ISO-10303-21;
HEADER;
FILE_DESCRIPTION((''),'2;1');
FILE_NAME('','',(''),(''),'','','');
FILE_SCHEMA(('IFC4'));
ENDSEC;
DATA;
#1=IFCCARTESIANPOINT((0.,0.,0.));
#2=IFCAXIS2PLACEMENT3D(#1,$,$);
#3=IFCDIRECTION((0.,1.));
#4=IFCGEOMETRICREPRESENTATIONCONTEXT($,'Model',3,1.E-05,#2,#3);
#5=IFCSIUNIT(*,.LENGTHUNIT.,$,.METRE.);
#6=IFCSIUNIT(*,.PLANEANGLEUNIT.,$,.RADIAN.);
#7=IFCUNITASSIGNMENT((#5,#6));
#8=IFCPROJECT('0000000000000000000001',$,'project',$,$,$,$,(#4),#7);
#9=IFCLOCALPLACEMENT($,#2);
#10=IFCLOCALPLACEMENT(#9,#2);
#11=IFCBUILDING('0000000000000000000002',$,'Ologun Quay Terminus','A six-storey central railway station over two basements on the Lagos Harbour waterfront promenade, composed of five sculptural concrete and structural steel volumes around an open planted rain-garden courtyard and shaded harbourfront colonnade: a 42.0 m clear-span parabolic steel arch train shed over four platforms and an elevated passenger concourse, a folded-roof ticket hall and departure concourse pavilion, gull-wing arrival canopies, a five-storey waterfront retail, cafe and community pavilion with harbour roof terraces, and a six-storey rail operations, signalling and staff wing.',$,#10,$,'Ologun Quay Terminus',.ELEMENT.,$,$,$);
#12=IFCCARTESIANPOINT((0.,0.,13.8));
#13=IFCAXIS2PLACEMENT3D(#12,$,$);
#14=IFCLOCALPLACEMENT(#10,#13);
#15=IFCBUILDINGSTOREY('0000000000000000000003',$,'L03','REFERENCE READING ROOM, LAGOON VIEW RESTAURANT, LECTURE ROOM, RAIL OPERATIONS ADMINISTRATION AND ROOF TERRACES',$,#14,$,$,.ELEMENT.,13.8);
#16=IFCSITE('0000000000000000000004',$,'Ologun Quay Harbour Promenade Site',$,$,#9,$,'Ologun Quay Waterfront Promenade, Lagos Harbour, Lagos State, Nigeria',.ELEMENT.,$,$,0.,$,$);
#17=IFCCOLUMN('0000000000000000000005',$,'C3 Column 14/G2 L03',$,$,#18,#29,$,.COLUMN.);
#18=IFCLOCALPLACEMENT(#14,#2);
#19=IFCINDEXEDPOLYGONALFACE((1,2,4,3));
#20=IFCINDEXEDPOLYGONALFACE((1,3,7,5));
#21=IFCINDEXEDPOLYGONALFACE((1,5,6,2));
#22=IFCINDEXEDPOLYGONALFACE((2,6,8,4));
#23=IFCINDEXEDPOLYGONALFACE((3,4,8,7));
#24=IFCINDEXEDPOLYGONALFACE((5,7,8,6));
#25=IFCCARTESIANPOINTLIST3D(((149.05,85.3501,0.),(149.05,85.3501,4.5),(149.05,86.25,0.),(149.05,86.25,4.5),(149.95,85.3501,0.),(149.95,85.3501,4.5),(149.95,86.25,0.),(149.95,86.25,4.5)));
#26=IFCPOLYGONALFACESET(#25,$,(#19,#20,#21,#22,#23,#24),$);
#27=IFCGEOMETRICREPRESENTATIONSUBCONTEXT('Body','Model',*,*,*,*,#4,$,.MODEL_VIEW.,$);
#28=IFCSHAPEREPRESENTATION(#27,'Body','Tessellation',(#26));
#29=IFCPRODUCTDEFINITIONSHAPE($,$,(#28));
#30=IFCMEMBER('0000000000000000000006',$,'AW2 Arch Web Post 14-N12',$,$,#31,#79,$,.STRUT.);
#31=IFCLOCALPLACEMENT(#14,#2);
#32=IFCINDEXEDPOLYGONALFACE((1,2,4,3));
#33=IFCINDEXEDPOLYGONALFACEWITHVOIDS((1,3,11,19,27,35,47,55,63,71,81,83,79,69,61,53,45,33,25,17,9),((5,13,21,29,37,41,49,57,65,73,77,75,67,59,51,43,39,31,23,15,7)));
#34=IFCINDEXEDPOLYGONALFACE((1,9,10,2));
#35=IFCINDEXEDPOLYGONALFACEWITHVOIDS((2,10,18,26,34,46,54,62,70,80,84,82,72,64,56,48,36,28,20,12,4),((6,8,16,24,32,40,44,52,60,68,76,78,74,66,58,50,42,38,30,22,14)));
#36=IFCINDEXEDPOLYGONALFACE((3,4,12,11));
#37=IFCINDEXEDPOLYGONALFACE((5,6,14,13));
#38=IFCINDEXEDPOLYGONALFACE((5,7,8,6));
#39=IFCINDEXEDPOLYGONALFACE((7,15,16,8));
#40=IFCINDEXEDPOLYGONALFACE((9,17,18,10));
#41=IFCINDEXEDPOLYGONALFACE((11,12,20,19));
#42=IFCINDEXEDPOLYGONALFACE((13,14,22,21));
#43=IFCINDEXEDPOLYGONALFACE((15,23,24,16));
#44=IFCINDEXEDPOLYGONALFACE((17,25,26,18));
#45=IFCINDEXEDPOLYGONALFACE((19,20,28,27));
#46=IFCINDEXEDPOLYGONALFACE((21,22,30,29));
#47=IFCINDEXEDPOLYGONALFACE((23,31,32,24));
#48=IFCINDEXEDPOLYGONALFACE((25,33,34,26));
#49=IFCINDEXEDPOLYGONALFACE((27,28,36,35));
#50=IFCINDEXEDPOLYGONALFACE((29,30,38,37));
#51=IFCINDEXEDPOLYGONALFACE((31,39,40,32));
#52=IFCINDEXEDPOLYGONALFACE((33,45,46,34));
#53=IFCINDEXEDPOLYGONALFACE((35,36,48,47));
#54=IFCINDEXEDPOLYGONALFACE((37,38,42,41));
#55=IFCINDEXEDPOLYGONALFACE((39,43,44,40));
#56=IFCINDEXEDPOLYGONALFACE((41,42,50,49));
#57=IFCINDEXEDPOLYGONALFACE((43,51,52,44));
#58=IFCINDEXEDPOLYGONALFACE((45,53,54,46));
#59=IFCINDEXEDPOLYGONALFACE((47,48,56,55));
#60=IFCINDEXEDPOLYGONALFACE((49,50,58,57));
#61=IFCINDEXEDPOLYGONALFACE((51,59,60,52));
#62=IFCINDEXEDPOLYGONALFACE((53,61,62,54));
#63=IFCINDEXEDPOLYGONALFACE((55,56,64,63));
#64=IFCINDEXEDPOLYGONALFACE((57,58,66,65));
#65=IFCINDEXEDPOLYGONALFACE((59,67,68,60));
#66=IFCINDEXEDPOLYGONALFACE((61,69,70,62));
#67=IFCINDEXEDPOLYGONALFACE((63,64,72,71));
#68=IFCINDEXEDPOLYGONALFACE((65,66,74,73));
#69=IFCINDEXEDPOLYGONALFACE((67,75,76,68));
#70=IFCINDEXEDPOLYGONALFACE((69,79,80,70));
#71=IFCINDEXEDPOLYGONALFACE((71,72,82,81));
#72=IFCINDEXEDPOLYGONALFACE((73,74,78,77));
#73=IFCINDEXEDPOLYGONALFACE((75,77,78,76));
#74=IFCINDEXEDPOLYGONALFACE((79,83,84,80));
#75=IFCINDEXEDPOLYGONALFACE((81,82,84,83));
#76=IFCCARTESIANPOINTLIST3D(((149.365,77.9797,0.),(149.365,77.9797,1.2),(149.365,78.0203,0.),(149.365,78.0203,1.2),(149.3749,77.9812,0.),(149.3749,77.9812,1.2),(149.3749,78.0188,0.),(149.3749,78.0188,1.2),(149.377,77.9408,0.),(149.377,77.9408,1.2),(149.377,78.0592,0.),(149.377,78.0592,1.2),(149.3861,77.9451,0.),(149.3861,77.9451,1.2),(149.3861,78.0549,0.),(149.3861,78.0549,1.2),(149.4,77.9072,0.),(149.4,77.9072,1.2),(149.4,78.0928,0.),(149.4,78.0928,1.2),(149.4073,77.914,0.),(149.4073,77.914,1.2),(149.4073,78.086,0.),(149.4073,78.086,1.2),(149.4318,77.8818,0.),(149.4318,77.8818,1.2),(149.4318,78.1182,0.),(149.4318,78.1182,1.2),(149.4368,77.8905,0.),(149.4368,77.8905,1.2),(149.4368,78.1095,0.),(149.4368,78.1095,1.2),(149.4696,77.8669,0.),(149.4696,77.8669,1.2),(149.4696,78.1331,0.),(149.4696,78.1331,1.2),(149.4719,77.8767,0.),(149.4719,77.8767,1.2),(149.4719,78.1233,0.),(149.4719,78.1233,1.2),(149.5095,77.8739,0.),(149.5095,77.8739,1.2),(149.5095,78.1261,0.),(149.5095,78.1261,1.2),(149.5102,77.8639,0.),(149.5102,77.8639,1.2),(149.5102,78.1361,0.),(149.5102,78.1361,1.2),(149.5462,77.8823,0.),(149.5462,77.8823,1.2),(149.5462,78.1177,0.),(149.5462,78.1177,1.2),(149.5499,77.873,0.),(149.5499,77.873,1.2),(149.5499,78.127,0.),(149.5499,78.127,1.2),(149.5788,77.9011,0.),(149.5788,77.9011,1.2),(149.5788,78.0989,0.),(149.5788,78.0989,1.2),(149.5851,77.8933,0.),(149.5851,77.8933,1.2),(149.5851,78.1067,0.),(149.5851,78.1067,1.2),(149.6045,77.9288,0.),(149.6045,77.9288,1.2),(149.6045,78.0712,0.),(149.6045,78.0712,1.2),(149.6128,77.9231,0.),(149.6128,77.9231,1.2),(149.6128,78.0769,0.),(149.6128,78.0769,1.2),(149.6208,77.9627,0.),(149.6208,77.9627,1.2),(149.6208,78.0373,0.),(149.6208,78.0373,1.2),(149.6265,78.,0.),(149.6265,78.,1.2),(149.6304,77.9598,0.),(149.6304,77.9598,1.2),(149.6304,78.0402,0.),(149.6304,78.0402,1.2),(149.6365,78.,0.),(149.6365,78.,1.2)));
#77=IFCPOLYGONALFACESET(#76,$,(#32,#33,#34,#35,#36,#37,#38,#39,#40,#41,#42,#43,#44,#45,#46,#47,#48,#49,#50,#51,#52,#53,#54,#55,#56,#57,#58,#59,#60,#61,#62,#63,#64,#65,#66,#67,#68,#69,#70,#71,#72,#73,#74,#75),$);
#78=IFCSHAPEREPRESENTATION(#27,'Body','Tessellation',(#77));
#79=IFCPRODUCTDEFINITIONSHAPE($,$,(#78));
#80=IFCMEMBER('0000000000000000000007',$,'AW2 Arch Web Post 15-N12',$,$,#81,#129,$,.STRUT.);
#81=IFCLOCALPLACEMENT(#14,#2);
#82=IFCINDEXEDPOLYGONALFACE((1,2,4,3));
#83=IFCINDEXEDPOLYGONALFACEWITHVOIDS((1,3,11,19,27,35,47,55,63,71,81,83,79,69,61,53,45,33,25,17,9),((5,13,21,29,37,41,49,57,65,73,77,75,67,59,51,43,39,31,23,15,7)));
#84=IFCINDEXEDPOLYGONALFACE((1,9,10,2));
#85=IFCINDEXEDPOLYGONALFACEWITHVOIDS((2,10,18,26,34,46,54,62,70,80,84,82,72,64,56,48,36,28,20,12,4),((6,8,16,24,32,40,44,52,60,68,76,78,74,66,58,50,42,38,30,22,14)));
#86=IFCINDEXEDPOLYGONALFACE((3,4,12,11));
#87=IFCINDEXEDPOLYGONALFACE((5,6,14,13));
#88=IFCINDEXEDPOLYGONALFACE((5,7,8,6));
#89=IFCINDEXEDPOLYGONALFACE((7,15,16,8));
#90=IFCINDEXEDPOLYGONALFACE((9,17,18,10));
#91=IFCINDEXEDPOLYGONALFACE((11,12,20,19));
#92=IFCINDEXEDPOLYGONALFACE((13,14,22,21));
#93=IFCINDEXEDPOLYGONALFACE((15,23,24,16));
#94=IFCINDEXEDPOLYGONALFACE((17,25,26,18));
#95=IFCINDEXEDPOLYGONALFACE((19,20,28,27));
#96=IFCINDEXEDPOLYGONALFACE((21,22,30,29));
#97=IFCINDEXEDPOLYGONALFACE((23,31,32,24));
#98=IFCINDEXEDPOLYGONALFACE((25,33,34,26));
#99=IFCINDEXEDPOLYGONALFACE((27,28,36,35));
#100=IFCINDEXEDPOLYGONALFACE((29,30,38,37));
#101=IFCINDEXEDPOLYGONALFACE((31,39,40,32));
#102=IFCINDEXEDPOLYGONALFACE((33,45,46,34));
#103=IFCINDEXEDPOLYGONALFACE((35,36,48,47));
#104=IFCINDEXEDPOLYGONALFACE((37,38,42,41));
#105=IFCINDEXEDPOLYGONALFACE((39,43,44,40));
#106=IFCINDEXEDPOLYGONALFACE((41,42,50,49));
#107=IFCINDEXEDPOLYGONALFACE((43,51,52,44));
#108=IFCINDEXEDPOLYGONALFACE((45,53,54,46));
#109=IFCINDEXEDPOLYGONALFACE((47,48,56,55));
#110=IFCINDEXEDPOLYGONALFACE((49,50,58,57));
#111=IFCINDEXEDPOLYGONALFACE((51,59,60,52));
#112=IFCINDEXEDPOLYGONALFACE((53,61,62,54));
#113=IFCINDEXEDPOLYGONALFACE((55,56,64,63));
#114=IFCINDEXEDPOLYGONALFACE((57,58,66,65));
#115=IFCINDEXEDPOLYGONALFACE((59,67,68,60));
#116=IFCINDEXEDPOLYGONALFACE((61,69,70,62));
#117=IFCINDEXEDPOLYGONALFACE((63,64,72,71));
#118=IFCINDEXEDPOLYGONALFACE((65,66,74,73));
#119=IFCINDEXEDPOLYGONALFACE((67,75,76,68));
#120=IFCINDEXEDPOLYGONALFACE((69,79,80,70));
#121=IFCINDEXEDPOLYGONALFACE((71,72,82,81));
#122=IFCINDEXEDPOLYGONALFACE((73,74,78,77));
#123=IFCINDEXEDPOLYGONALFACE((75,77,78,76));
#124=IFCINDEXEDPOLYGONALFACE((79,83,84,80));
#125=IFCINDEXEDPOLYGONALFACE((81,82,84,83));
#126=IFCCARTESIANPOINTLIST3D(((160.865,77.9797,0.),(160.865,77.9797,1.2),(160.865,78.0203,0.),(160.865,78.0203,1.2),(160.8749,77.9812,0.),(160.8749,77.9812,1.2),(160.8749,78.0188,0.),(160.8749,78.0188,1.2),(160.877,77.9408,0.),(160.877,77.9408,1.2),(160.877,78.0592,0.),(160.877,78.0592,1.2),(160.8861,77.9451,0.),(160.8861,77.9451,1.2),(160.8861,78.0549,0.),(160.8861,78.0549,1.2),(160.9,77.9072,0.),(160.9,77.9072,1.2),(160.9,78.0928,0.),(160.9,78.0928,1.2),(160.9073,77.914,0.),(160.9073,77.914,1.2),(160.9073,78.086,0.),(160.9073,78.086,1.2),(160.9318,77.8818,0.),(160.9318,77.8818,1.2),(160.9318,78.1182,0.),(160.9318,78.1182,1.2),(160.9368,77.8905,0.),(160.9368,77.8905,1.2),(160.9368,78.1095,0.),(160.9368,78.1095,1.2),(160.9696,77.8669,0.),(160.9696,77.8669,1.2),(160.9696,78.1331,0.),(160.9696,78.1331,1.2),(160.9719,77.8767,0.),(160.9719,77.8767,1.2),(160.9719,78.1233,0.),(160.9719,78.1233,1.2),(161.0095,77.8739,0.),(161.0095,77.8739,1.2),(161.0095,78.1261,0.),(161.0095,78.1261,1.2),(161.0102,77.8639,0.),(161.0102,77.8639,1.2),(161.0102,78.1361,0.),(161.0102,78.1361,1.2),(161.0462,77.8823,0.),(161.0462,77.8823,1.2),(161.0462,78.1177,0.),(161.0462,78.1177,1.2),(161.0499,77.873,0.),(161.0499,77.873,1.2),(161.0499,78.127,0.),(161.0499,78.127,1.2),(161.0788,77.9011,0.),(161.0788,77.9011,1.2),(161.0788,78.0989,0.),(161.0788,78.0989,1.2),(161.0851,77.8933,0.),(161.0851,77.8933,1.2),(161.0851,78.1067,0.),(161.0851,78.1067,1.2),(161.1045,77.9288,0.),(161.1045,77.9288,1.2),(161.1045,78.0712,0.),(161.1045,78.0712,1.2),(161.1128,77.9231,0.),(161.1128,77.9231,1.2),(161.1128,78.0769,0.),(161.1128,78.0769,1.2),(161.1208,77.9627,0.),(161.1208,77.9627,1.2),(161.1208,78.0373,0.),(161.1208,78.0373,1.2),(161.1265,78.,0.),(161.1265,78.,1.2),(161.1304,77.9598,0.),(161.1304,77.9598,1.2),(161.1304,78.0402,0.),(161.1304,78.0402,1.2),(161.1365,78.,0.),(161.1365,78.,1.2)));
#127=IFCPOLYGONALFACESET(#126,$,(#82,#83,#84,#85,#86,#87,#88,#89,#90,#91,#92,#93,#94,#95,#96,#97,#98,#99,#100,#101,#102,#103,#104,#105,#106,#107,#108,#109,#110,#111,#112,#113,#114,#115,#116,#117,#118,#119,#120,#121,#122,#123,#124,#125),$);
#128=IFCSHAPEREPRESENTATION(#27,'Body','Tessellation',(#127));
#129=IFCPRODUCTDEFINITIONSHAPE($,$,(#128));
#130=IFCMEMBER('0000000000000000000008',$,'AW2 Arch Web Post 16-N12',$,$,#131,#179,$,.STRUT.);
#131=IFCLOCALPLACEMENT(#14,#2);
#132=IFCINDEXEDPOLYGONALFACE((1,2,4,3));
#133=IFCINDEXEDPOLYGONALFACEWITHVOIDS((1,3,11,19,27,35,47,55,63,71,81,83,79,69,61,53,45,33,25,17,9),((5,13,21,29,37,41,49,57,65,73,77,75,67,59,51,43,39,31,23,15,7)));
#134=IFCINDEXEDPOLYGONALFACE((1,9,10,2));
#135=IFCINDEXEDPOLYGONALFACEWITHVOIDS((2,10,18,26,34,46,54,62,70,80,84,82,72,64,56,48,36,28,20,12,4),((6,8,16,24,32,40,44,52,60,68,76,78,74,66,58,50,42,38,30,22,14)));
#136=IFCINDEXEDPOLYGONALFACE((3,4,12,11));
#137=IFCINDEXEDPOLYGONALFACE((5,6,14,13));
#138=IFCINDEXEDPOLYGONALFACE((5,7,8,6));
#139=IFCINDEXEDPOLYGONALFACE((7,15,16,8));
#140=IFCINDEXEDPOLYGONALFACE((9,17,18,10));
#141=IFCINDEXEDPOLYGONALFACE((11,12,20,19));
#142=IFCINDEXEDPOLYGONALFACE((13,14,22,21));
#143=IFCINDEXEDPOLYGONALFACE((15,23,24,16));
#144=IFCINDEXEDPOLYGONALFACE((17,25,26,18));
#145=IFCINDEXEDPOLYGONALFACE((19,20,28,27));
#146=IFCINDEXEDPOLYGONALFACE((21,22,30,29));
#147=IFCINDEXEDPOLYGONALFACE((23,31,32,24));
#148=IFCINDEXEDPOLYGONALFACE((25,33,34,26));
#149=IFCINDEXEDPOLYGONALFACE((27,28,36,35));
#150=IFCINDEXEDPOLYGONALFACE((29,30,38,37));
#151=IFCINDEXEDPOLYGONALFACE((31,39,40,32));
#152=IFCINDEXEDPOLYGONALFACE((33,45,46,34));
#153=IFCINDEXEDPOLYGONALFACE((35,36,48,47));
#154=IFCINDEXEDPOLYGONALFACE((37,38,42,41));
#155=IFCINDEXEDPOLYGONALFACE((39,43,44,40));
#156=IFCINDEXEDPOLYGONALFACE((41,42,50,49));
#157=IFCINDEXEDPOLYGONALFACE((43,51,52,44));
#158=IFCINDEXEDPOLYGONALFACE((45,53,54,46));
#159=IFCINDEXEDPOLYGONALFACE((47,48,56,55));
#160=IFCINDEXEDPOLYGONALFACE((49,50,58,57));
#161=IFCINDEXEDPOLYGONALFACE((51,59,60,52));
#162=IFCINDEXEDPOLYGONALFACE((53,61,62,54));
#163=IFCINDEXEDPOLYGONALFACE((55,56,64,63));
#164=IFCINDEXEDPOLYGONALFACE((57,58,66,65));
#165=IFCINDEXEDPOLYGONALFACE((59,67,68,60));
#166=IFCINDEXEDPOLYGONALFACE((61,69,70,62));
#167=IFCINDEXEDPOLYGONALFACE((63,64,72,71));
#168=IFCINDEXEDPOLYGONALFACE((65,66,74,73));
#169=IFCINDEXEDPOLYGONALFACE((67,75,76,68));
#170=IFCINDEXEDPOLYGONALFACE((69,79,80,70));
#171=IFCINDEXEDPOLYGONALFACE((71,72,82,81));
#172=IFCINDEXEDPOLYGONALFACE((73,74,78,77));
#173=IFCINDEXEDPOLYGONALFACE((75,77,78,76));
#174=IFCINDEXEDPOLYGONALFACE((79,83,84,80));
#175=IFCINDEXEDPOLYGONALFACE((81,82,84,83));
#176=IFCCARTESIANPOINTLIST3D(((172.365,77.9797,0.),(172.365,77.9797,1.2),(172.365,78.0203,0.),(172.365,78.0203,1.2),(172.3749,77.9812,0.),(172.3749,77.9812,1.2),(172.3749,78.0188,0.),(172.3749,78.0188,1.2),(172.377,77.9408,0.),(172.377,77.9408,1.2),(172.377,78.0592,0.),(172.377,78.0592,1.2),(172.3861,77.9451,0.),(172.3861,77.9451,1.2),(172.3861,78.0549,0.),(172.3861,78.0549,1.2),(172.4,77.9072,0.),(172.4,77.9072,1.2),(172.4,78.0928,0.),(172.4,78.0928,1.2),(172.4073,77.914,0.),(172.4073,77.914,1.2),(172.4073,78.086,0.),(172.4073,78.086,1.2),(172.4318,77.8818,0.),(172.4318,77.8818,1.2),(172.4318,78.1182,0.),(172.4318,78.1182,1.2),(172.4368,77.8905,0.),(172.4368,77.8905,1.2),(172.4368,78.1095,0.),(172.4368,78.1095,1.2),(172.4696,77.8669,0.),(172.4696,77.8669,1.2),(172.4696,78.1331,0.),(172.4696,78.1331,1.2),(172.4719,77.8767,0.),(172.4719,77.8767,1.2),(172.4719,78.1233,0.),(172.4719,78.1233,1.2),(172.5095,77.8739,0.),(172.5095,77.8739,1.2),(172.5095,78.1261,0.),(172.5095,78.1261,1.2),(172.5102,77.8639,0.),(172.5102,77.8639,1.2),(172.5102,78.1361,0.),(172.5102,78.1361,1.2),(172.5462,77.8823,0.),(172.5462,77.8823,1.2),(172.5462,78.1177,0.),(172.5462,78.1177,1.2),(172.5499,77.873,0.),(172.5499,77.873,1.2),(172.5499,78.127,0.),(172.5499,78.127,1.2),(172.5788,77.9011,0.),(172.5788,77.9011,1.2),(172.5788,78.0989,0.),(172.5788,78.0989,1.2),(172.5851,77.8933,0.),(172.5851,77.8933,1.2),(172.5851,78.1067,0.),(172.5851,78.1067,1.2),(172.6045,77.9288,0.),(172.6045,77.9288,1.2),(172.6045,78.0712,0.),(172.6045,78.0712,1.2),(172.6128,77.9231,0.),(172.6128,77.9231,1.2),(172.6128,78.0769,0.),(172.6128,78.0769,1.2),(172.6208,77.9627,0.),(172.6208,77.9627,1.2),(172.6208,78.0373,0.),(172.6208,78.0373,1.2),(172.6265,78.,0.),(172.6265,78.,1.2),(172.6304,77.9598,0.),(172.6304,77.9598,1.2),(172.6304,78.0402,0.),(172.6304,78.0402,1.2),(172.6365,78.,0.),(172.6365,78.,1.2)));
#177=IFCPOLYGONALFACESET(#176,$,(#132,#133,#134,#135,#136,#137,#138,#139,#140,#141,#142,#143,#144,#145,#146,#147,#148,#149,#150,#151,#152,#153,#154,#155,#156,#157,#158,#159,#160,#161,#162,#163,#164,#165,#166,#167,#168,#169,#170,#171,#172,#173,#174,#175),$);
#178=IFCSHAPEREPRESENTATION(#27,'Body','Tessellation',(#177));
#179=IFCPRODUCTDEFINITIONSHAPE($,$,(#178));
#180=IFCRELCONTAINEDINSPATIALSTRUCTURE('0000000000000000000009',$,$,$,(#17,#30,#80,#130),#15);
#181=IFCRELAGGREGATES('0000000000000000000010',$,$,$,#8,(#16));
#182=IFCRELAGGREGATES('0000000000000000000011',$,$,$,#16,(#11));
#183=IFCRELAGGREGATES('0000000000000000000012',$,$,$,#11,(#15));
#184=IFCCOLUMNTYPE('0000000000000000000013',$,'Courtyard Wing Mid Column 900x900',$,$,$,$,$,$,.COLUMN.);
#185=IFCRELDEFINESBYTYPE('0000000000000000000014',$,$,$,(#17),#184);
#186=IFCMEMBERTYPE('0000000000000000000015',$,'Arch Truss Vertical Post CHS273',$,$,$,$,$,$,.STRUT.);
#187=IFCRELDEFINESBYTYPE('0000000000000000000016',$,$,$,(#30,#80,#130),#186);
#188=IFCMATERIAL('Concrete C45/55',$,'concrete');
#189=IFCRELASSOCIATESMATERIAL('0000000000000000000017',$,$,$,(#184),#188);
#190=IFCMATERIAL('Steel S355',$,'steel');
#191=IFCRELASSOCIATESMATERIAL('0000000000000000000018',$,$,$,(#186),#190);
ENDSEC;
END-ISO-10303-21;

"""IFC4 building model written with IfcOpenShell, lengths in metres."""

from ifc_helpers import new_model, si_unit, direction, frame, origin, origin_2d, place, context, subcontext, project, spatial, rectangle, hollow_circle, extrude, material, material_profile, profile_set, type_object, element, save


model = new_model("IFC4")

# Units and contexts
model_context = context("Model", 3, precision=1e-05, world=origin(), true_north=direction((0.0, 1.0)))
body_context = subcontext(model_context, "Body", "Model", "MODEL_VIEW")
ifc_project = project(units=[si_unit("LENGTHUNIT", "METRE"), si_unit("PLANEANGLEUNIT", "RADIAN")], contexts=[model_context])

# Site, building, storey
site_placement = place(None, origin())
site = spatial("IfcSite", under=ifc_project, at=site_placement, Name="Ologun Quay Harbour Promenade Site", LongName="Ologun Quay Waterfront Promenade, Lagos Harbour, Lagos State, Nigeria", CompositionType="ELEMENT", RefElevation=0.0)
building_placement = place(site_placement, origin())
building = spatial("IfcBuilding", under=site, at=building_placement, Name="Ologun Quay Terminus", Description="A six-storey central railway station over two basements on the Lagos Harbour waterfront promenade, composed of five sculptural concrete and structural steel volumes around an open planted rain-garden courtyard and shaded harbourfront colonnade: a 42.0 m clear-span parabolic steel arch train shed over four platforms and an elevated passenger concourse, a folded-roof ticket hall and departure concourse pavilion, gull-wing arrival canopies, a five-storey waterfront retail, cafe and community pavilion with harbour roof terraces, and a six-storey rail operations, signalling and staff wing.", LongName="Ologun Quay Terminus", CompositionType="ELEMENT")
storey_placement = place(building_placement, frame((0.0, 0.0, 13.8)))
storey = spatial("IfcBuildingStorey", under=building, at=storey_placement, Name="L03", Description="REFERENCE READING ROOM, LAGOON VIEW RESTAURANT, LECTURE ROOM, RAIL OPERATIONS ADMINISTRATION AND ROOF TERRACES", CompositionType="ELEMENT", Elevation=13.8)

# Column
ifc_material_1 = material(Name="Concrete C45/55", Category="concrete")
ifc_material_profile_1 = material_profile(ifc_material_1, rectangle(XDim=0.8999, YDim=0.8999, at=origin_2d()), Name="RC 900x900")
ifc_profile_set_1 = profile_set([ifc_material_profile_1], Name="Concrete C45/55")
column_type = type_object("IfcColumnType", Name="Courtyard Wing Mid Column 900x900", PredefinedType="COLUMN", material=ifc_profile_set_1)
column_placement = place(storey_placement, frame((149.5, 85.8, 0.0), z_axis=(0.0, 0.0, 1.0), x_axis=(1.0, 0.0, 0.0)))
element("IfcColumn", 1, at=column_placement, inside=storey, type_object=column_type, Name="C3 Column 14/G2 L03", PredefinedType="COLUMN", context=body_context, shape_type="SweptSolid", body=[
    extrude(rectangle(XDim=0.8999, YDim=0.8999, at=origin_2d()), origin(), (0.0, 0.0, 1.0), 4.5),
])

# Members
ifc_material_2 = material(Name="Steel S355", Category="steel")
ifc_material_profile_2 = material_profile(ifc_material_2, hollow_circle(Radius=0.1365, WallThickness=0.01, at=origin_2d()), Name="CHS 273x10")
ifc_profile_set_2 = profile_set([ifc_material_profile_2], Name="Steel S355")
member_type_1 = type_object("IfcMemberType", Name="Arch Truss Vertical Post CHS273", PredefinedType="STRUT", material=ifc_profile_set_2)
for number, where, z_axis, x_axis, name in (
    (2, (149.5, 78.0, 0.0), (0.0, 0.0, 1.0), (1.0, 0.0, 0.0), "AW2 Arch Web Post 14-N12"),
    (3, (161.0, 78.0, 0.0), (0.0, 0.0, 1.0), (1.0, 0.0, 0.0), "AW2 Arch Web Post 15-N12"),
    (4, (172.5, 78.0, 0.0), (0.0, 0.0, 1.0), (1.0, 0.0, 0.0), "AW2 Arch Web Post 16-N12"),
):
    element("IfcMember", number, at=place(storey_placement, frame(where, z_axis=z_axis, x_axis=x_axis)), inside=storey, type_object=member_type_1, Name=name, PredefinedType="STRUT", context=body_context, shape_type="SweptSolid", body=[
        extrude(hollow_circle(Radius=0.1365, WallThickness=0.01, at=origin_2d()), origin(), (0.0, 0.0, 1.0), 1.2),
    ])

save(model, "model.ifc")
